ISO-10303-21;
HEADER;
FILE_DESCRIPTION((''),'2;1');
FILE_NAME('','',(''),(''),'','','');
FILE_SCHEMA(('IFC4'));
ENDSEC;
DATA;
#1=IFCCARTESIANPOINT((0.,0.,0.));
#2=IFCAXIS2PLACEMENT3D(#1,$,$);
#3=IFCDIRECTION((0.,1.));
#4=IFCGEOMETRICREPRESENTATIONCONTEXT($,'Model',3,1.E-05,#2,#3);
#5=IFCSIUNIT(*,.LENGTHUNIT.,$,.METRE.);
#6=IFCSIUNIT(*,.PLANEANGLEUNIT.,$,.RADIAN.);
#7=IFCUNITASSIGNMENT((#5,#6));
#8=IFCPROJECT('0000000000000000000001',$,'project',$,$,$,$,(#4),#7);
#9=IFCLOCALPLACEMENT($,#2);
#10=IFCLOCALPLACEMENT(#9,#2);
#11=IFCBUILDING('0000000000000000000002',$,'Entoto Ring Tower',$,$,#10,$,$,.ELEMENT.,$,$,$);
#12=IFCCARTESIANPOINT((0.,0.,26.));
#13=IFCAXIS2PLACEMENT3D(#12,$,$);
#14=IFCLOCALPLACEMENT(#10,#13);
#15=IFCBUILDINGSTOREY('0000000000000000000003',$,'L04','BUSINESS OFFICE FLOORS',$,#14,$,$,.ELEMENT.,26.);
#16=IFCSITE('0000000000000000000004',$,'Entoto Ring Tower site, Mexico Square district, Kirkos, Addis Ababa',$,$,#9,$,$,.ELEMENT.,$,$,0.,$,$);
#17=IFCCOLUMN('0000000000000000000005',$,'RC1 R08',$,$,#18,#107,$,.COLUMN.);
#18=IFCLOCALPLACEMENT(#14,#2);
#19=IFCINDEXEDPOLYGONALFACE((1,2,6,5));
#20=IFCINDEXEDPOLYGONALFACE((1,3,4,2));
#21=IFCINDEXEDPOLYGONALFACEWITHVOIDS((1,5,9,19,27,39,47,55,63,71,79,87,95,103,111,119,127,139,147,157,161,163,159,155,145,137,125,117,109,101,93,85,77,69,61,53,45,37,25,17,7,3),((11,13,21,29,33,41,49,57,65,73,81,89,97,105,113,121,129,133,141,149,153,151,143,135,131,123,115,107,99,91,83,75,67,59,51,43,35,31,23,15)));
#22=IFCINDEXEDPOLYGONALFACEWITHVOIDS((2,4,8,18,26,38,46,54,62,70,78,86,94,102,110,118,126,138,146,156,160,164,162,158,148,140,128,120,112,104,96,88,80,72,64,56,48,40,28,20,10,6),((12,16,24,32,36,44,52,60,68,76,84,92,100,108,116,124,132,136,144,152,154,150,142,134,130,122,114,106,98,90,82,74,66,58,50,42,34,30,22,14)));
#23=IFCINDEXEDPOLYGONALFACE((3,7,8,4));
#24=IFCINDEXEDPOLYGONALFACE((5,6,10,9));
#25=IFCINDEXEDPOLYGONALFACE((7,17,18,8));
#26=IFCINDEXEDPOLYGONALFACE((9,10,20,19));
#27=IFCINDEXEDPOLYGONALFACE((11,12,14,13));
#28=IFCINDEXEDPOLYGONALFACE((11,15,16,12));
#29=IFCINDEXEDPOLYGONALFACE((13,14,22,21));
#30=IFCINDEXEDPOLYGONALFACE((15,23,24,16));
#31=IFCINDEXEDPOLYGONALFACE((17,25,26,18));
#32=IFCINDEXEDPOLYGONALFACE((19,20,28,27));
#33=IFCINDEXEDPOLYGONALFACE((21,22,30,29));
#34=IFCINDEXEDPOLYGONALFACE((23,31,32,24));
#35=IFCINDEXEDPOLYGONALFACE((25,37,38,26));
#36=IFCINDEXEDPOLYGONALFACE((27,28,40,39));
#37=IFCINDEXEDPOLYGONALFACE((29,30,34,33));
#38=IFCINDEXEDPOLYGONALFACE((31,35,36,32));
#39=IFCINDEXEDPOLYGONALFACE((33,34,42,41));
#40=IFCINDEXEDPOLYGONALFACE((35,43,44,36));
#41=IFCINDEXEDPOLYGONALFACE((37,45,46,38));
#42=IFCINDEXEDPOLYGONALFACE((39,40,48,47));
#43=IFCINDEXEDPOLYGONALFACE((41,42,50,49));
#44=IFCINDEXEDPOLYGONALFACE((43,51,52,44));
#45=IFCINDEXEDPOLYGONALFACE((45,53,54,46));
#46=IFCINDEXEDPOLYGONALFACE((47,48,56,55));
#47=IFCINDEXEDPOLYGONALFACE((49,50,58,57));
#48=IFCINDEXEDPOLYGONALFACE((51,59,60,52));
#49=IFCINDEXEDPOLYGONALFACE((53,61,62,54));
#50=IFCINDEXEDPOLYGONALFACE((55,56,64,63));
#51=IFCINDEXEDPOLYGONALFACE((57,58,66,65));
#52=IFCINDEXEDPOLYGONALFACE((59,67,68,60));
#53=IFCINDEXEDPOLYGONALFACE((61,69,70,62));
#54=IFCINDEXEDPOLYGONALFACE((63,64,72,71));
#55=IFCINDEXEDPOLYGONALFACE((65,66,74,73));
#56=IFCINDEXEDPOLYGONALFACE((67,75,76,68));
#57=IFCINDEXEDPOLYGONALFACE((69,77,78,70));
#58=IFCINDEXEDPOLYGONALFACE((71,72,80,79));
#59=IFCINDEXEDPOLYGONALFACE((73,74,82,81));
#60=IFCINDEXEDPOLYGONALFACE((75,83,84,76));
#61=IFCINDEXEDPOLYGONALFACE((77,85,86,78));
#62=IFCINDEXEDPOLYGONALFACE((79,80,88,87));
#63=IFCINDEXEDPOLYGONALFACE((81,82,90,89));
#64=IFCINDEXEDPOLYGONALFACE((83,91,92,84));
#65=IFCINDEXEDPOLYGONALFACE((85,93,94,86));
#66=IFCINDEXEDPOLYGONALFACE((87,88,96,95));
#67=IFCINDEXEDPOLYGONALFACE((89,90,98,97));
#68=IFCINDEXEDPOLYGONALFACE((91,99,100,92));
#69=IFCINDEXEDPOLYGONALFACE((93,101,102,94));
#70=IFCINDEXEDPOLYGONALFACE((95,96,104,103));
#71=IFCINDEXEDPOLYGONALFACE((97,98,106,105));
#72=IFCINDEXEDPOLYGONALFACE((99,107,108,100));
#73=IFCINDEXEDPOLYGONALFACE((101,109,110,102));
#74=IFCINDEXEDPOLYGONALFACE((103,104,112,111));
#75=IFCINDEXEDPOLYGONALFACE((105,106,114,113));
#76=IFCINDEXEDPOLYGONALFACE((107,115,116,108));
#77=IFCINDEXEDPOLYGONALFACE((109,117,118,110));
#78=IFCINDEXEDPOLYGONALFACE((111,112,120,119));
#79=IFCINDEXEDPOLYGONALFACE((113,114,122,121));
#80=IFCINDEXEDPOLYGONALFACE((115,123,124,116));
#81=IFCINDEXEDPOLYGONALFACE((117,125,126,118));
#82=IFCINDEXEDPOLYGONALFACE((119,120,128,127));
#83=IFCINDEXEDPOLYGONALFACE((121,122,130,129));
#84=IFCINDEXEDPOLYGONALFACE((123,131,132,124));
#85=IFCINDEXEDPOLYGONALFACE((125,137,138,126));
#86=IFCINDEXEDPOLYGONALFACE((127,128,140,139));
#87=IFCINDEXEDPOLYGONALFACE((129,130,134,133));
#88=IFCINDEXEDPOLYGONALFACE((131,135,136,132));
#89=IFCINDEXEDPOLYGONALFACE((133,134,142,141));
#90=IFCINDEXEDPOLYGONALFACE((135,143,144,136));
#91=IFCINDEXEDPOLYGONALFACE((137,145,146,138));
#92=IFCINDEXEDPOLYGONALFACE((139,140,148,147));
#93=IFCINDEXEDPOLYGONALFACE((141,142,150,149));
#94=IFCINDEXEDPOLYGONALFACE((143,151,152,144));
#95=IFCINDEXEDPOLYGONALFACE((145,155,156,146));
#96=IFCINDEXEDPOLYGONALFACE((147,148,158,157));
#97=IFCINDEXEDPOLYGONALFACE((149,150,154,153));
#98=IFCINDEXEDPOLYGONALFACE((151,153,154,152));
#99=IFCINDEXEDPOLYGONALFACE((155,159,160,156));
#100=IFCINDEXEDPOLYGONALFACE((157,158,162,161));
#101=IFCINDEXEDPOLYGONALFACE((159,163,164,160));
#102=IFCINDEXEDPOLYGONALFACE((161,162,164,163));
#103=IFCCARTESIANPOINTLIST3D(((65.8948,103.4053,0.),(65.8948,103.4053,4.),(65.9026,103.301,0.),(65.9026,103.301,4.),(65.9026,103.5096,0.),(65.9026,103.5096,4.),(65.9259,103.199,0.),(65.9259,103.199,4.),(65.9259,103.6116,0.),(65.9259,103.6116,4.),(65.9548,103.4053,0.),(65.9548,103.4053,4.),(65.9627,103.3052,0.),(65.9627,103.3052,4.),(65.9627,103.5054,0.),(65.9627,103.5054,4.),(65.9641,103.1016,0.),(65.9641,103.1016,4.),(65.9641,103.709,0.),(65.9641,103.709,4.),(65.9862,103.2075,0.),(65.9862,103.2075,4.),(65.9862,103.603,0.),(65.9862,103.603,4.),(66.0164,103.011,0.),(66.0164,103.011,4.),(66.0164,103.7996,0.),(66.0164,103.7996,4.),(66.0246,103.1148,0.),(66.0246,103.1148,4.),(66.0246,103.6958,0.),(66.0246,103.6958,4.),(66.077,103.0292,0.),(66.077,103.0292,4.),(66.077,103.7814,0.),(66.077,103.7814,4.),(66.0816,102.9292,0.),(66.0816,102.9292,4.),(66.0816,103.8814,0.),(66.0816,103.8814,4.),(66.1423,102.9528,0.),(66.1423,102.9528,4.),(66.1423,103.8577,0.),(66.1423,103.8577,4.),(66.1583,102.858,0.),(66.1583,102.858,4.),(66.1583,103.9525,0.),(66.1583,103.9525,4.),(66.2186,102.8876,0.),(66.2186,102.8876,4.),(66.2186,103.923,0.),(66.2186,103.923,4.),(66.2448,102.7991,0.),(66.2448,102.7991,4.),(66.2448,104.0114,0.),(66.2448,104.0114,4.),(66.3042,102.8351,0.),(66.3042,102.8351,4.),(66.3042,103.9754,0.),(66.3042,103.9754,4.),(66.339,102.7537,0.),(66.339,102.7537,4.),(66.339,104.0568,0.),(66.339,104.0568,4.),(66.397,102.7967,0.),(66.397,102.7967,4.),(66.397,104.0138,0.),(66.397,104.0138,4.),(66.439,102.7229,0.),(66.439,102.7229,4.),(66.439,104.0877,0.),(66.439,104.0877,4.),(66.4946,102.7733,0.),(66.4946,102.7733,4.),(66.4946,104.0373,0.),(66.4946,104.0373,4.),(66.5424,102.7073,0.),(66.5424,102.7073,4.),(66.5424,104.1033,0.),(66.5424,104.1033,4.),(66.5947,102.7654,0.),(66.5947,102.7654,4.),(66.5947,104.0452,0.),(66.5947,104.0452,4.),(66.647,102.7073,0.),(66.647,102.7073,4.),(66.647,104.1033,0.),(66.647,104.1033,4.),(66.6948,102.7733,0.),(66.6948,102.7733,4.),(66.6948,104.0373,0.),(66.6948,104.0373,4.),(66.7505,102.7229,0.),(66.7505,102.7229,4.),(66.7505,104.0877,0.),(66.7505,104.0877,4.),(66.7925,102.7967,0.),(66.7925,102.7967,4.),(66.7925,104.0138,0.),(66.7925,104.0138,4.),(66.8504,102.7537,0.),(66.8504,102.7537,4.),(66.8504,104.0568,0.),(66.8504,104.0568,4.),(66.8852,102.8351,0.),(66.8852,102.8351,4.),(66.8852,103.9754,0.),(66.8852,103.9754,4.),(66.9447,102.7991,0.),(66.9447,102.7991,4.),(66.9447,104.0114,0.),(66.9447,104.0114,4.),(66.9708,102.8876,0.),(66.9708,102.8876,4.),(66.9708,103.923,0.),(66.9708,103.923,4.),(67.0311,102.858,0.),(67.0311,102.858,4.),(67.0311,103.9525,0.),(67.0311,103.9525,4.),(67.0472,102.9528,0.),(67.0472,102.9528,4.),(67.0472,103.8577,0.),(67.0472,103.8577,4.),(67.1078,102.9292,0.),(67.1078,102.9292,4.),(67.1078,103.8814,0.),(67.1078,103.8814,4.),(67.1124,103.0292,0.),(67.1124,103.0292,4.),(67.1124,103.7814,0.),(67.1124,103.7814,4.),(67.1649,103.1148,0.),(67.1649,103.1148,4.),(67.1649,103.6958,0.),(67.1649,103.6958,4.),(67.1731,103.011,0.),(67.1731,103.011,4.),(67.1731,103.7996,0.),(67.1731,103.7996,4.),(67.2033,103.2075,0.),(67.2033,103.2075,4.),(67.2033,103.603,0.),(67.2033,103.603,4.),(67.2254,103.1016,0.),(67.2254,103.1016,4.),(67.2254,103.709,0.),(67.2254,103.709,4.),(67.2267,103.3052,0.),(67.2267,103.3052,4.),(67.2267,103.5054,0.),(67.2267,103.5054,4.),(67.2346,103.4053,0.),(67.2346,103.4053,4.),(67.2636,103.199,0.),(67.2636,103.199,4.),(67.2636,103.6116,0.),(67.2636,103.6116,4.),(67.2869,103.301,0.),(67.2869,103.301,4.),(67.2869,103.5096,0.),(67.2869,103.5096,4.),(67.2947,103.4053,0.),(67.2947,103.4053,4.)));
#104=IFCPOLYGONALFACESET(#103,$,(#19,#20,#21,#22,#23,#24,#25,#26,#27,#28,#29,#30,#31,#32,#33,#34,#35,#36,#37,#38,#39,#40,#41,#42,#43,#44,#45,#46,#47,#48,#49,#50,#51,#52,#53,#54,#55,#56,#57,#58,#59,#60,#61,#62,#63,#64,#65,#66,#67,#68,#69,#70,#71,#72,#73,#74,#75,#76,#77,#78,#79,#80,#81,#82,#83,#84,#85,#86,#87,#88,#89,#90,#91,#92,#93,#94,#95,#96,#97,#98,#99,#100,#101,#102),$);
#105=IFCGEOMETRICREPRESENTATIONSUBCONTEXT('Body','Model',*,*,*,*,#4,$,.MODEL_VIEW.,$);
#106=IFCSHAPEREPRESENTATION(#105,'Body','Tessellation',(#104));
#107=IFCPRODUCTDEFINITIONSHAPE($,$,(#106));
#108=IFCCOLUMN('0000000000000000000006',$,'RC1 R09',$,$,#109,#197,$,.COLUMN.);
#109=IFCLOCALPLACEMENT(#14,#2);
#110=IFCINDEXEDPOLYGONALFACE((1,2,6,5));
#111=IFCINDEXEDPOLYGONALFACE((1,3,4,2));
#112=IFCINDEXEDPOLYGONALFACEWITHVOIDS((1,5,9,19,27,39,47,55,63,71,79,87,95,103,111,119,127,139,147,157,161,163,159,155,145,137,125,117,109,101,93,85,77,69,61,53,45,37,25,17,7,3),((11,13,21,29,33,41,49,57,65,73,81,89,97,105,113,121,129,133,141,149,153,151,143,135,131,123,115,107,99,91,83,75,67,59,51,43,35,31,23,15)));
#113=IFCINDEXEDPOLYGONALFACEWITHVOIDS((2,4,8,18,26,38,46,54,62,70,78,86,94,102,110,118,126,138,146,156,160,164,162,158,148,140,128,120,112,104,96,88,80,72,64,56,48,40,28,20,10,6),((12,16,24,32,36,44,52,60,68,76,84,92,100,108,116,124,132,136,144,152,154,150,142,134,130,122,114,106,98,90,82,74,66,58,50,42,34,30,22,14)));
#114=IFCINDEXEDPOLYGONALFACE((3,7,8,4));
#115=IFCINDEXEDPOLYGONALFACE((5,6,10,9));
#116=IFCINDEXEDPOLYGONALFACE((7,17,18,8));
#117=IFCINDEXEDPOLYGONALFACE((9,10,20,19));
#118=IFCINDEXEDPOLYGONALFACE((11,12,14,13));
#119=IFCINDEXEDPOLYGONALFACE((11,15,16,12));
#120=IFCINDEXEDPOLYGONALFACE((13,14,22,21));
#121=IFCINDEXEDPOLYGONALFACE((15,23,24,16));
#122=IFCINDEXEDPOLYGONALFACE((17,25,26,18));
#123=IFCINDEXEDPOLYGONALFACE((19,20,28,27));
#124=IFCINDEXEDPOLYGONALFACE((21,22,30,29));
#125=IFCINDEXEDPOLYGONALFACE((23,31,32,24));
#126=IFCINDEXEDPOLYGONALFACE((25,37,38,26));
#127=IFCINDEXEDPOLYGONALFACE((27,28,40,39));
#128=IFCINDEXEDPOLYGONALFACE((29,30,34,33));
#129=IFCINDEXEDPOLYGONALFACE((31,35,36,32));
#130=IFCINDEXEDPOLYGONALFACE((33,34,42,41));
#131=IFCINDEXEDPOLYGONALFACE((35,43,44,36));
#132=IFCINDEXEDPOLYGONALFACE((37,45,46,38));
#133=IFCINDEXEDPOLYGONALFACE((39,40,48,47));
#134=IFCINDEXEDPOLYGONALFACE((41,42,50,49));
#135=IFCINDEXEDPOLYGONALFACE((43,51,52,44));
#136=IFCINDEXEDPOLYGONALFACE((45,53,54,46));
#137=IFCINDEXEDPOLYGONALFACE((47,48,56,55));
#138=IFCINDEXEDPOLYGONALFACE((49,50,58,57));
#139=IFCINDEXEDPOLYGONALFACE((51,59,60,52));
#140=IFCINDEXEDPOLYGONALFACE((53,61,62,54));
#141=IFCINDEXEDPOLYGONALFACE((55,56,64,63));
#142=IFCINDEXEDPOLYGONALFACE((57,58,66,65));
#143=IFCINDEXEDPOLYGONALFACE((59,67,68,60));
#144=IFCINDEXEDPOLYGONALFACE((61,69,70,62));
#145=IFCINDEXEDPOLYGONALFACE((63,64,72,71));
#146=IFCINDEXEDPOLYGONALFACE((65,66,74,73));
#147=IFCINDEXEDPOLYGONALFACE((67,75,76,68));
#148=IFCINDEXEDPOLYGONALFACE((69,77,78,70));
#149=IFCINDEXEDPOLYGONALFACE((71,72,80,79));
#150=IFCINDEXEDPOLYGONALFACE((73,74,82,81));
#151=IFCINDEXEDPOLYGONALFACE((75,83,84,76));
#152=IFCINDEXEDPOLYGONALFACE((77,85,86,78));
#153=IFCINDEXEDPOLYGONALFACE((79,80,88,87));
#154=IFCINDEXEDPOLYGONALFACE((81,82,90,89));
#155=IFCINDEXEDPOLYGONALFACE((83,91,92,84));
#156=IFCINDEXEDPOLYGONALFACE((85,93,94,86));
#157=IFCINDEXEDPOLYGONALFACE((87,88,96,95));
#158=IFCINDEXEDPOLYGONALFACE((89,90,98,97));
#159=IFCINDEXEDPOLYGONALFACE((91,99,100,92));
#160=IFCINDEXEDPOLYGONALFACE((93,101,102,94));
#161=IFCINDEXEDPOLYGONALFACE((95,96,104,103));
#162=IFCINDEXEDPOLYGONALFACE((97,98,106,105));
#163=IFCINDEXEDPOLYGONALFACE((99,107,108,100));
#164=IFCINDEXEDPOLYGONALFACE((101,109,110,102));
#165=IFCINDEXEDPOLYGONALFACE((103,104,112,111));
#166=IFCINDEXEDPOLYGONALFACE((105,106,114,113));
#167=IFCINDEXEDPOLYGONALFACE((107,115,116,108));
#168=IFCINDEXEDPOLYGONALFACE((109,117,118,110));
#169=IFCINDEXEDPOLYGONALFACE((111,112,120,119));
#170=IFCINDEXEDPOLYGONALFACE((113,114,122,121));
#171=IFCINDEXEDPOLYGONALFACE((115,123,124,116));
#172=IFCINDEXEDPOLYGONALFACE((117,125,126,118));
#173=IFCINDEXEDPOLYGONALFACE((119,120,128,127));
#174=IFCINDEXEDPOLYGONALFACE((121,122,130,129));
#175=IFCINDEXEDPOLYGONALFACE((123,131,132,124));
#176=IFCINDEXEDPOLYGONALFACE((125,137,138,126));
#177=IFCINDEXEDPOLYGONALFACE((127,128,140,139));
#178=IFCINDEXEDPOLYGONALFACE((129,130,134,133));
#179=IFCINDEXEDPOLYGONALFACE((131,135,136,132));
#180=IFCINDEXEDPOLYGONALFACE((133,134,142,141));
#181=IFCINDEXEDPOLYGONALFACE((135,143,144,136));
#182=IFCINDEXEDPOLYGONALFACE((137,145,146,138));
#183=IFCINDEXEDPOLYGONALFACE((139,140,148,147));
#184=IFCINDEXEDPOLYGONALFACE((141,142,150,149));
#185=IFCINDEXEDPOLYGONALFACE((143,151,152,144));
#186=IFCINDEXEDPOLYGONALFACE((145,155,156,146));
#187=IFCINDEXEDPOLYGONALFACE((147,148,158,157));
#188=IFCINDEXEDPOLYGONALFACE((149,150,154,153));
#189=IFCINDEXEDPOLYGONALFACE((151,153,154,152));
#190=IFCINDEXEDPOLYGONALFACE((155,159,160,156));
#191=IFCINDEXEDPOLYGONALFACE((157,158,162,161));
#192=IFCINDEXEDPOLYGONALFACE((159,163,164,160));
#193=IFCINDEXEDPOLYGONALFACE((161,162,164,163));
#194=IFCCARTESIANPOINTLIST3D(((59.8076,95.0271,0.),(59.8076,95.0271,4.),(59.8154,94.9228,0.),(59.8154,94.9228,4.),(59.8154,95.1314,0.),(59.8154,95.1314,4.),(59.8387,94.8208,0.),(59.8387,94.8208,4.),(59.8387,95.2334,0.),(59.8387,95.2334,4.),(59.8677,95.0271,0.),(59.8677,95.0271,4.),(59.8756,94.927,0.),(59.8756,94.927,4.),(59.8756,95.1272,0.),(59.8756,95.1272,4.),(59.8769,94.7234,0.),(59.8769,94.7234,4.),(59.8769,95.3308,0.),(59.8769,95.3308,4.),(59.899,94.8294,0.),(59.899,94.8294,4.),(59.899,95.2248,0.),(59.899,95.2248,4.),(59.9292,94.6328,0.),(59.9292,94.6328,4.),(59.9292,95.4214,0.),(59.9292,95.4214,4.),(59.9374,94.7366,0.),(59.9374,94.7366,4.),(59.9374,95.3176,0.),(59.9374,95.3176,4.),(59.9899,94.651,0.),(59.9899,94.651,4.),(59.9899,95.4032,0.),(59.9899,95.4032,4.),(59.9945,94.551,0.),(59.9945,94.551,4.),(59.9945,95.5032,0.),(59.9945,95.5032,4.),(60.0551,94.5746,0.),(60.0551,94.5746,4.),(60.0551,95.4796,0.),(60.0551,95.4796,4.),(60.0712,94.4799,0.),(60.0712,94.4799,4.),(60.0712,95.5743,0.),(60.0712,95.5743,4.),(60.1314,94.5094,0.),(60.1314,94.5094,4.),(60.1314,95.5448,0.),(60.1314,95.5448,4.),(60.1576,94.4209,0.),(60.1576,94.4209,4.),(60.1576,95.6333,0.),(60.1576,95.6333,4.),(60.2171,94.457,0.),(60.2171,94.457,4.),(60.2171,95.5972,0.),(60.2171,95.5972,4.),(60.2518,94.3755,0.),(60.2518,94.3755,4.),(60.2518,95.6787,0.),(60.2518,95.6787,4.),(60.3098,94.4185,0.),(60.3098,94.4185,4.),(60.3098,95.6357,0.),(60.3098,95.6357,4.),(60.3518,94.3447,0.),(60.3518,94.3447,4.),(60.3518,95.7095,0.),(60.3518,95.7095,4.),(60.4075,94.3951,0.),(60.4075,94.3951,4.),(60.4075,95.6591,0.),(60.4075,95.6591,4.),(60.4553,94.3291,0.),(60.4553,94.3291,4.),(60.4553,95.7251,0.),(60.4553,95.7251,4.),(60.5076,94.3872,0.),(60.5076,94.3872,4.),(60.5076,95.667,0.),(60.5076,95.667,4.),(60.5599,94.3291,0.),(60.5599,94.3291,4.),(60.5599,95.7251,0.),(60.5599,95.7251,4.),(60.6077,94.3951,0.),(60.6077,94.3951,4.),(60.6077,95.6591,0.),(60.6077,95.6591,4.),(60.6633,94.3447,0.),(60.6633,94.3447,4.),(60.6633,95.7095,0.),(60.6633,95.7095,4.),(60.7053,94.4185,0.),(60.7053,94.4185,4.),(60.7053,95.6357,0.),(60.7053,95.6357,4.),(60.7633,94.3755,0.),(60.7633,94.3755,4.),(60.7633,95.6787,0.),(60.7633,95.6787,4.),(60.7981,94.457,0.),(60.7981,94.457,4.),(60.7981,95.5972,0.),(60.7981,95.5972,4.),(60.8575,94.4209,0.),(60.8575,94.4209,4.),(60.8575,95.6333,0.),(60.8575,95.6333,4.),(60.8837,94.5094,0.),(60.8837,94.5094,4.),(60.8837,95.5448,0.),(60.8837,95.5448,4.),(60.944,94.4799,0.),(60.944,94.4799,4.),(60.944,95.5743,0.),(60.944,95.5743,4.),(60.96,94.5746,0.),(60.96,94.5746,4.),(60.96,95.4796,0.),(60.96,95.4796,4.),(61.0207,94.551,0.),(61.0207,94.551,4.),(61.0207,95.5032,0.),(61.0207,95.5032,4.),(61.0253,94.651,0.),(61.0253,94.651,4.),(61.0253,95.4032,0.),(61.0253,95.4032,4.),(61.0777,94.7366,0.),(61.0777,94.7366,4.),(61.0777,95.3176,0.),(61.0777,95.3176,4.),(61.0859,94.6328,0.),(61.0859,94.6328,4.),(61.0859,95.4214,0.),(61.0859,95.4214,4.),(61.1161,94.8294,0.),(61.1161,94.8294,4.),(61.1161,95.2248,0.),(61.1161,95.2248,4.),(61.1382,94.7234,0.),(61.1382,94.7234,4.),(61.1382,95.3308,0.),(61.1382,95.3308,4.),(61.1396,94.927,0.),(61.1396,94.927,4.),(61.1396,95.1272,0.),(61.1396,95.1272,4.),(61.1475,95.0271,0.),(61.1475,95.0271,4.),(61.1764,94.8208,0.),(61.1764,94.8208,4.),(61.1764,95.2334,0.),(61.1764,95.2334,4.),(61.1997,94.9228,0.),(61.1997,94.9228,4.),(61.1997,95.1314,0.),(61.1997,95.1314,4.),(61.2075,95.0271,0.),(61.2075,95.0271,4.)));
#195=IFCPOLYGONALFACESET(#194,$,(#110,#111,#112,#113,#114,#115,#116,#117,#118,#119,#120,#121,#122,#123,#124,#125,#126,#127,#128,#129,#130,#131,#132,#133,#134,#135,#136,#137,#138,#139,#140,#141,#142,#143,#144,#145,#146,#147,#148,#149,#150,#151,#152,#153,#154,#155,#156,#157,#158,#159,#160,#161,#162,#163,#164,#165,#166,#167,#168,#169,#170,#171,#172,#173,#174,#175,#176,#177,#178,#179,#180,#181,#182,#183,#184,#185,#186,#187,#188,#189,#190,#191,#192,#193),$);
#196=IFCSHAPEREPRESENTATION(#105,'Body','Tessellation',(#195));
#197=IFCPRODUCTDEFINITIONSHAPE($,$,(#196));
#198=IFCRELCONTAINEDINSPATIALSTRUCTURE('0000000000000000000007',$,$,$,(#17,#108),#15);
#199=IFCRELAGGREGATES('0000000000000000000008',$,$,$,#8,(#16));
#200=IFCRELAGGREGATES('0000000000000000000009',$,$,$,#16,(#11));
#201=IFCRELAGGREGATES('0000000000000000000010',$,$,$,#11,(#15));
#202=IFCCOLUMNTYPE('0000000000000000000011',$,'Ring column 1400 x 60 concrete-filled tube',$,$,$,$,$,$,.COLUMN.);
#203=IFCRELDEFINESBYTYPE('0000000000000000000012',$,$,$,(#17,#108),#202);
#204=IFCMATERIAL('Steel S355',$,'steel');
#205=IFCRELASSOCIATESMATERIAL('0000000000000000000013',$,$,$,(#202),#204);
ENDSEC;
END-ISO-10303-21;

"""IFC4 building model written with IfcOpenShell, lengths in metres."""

from ifc_helpers import new_model, si_unit, direction, frame, origin, origin_2d, place, context, subcontext, project, spatial, circle, hollow_circle, extrude, material, material_profile, profile_set, type_object, element, save


model = new_model("IFC4")

# Units and contexts
model_context = context("Model", 3, precision=1e-05, world=origin(), true_north=direction((0.0, 1.0)))
body_context = subcontext(model_context, "Body", "Model", "MODEL_VIEW")
ifc_project = project(units=[si_unit("LENGTHUNIT", "METRE"), si_unit("PLANEANGLEUNIT", "RADIAN")], contexts=[model_context])

# Site, building, storey
site_placement = place(None, origin())
site = spatial("IfcSite", under=ifc_project, at=site_placement, Name="Entoto Ring Tower site, Mexico Square district, Kirkos, Addis Ababa", CompositionType="ELEMENT", RefElevation=0.0)
building_placement = place(site_placement, origin())
building = spatial("IfcBuilding", under=site, at=building_placement, Name="Entoto Ring Tower", CompositionType="ELEMENT")
storey_placement = place(building_placement, frame((0.0, 0.0, 26.0)))
storey = spatial("IfcBuildingStorey", under=building, at=storey_placement, Name="L04", Description="BUSINESS OFFICE FLOORS", CompositionType="ELEMENT", Elevation=26.0)

# Columns
ifc_material_1 = material(Name="Steel S355", Category="steel")
ifc_material_profile_1 = material_profile(ifc_material_1, hollow_circle(Radius=0.7, WallThickness=0.0601, at=origin_2d()), Name="CHS 1400 x 60")
ifc_material_2 = material(Name="Concrete C60/75", Category="concrete")
ifc_material_profile_2 = material_profile(ifc_material_2, circle(Radius=0.6399, at=origin_2d()), Name="Concrete C60/75 infill")
ifc_profile_set_1 = profile_set([ifc_material_profile_1, ifc_material_profile_2], Name="Steel S355")
column_type = type_object("IfcColumnType", Name="Ring column 1400 x 60 concrete-filled tube", PredefinedType="COLUMN", material=ifc_profile_set_1)
for number, where, z_axis, x_axis, name in (
    (1, (66.5947, 103.4053, 0.0), (0.0, 0.0, 1.0), (1.0, 0.0, 0.0), "RC1 R08"),
    (2, (60.5076, 95.0271, 0.0), (0.0, 0.0, 1.0), (1.0, 0.0, 0.0), "RC1 R09"),
):
    element("IfcColumn", number, at=place(storey_placement, frame(where, z_axis=z_axis, x_axis=x_axis)), inside=storey, type_object=column_type, Name=name, PredefinedType="COLUMN", context=body_context, shape_type="SweptSolid", body=[
        extrude(hollow_circle(Radius=0.7, WallThickness=0.0601, at=origin_2d()), origin(), (0.0, 0.0, 1.0), 4.0),
    ])

save(model, "model.ifc")
